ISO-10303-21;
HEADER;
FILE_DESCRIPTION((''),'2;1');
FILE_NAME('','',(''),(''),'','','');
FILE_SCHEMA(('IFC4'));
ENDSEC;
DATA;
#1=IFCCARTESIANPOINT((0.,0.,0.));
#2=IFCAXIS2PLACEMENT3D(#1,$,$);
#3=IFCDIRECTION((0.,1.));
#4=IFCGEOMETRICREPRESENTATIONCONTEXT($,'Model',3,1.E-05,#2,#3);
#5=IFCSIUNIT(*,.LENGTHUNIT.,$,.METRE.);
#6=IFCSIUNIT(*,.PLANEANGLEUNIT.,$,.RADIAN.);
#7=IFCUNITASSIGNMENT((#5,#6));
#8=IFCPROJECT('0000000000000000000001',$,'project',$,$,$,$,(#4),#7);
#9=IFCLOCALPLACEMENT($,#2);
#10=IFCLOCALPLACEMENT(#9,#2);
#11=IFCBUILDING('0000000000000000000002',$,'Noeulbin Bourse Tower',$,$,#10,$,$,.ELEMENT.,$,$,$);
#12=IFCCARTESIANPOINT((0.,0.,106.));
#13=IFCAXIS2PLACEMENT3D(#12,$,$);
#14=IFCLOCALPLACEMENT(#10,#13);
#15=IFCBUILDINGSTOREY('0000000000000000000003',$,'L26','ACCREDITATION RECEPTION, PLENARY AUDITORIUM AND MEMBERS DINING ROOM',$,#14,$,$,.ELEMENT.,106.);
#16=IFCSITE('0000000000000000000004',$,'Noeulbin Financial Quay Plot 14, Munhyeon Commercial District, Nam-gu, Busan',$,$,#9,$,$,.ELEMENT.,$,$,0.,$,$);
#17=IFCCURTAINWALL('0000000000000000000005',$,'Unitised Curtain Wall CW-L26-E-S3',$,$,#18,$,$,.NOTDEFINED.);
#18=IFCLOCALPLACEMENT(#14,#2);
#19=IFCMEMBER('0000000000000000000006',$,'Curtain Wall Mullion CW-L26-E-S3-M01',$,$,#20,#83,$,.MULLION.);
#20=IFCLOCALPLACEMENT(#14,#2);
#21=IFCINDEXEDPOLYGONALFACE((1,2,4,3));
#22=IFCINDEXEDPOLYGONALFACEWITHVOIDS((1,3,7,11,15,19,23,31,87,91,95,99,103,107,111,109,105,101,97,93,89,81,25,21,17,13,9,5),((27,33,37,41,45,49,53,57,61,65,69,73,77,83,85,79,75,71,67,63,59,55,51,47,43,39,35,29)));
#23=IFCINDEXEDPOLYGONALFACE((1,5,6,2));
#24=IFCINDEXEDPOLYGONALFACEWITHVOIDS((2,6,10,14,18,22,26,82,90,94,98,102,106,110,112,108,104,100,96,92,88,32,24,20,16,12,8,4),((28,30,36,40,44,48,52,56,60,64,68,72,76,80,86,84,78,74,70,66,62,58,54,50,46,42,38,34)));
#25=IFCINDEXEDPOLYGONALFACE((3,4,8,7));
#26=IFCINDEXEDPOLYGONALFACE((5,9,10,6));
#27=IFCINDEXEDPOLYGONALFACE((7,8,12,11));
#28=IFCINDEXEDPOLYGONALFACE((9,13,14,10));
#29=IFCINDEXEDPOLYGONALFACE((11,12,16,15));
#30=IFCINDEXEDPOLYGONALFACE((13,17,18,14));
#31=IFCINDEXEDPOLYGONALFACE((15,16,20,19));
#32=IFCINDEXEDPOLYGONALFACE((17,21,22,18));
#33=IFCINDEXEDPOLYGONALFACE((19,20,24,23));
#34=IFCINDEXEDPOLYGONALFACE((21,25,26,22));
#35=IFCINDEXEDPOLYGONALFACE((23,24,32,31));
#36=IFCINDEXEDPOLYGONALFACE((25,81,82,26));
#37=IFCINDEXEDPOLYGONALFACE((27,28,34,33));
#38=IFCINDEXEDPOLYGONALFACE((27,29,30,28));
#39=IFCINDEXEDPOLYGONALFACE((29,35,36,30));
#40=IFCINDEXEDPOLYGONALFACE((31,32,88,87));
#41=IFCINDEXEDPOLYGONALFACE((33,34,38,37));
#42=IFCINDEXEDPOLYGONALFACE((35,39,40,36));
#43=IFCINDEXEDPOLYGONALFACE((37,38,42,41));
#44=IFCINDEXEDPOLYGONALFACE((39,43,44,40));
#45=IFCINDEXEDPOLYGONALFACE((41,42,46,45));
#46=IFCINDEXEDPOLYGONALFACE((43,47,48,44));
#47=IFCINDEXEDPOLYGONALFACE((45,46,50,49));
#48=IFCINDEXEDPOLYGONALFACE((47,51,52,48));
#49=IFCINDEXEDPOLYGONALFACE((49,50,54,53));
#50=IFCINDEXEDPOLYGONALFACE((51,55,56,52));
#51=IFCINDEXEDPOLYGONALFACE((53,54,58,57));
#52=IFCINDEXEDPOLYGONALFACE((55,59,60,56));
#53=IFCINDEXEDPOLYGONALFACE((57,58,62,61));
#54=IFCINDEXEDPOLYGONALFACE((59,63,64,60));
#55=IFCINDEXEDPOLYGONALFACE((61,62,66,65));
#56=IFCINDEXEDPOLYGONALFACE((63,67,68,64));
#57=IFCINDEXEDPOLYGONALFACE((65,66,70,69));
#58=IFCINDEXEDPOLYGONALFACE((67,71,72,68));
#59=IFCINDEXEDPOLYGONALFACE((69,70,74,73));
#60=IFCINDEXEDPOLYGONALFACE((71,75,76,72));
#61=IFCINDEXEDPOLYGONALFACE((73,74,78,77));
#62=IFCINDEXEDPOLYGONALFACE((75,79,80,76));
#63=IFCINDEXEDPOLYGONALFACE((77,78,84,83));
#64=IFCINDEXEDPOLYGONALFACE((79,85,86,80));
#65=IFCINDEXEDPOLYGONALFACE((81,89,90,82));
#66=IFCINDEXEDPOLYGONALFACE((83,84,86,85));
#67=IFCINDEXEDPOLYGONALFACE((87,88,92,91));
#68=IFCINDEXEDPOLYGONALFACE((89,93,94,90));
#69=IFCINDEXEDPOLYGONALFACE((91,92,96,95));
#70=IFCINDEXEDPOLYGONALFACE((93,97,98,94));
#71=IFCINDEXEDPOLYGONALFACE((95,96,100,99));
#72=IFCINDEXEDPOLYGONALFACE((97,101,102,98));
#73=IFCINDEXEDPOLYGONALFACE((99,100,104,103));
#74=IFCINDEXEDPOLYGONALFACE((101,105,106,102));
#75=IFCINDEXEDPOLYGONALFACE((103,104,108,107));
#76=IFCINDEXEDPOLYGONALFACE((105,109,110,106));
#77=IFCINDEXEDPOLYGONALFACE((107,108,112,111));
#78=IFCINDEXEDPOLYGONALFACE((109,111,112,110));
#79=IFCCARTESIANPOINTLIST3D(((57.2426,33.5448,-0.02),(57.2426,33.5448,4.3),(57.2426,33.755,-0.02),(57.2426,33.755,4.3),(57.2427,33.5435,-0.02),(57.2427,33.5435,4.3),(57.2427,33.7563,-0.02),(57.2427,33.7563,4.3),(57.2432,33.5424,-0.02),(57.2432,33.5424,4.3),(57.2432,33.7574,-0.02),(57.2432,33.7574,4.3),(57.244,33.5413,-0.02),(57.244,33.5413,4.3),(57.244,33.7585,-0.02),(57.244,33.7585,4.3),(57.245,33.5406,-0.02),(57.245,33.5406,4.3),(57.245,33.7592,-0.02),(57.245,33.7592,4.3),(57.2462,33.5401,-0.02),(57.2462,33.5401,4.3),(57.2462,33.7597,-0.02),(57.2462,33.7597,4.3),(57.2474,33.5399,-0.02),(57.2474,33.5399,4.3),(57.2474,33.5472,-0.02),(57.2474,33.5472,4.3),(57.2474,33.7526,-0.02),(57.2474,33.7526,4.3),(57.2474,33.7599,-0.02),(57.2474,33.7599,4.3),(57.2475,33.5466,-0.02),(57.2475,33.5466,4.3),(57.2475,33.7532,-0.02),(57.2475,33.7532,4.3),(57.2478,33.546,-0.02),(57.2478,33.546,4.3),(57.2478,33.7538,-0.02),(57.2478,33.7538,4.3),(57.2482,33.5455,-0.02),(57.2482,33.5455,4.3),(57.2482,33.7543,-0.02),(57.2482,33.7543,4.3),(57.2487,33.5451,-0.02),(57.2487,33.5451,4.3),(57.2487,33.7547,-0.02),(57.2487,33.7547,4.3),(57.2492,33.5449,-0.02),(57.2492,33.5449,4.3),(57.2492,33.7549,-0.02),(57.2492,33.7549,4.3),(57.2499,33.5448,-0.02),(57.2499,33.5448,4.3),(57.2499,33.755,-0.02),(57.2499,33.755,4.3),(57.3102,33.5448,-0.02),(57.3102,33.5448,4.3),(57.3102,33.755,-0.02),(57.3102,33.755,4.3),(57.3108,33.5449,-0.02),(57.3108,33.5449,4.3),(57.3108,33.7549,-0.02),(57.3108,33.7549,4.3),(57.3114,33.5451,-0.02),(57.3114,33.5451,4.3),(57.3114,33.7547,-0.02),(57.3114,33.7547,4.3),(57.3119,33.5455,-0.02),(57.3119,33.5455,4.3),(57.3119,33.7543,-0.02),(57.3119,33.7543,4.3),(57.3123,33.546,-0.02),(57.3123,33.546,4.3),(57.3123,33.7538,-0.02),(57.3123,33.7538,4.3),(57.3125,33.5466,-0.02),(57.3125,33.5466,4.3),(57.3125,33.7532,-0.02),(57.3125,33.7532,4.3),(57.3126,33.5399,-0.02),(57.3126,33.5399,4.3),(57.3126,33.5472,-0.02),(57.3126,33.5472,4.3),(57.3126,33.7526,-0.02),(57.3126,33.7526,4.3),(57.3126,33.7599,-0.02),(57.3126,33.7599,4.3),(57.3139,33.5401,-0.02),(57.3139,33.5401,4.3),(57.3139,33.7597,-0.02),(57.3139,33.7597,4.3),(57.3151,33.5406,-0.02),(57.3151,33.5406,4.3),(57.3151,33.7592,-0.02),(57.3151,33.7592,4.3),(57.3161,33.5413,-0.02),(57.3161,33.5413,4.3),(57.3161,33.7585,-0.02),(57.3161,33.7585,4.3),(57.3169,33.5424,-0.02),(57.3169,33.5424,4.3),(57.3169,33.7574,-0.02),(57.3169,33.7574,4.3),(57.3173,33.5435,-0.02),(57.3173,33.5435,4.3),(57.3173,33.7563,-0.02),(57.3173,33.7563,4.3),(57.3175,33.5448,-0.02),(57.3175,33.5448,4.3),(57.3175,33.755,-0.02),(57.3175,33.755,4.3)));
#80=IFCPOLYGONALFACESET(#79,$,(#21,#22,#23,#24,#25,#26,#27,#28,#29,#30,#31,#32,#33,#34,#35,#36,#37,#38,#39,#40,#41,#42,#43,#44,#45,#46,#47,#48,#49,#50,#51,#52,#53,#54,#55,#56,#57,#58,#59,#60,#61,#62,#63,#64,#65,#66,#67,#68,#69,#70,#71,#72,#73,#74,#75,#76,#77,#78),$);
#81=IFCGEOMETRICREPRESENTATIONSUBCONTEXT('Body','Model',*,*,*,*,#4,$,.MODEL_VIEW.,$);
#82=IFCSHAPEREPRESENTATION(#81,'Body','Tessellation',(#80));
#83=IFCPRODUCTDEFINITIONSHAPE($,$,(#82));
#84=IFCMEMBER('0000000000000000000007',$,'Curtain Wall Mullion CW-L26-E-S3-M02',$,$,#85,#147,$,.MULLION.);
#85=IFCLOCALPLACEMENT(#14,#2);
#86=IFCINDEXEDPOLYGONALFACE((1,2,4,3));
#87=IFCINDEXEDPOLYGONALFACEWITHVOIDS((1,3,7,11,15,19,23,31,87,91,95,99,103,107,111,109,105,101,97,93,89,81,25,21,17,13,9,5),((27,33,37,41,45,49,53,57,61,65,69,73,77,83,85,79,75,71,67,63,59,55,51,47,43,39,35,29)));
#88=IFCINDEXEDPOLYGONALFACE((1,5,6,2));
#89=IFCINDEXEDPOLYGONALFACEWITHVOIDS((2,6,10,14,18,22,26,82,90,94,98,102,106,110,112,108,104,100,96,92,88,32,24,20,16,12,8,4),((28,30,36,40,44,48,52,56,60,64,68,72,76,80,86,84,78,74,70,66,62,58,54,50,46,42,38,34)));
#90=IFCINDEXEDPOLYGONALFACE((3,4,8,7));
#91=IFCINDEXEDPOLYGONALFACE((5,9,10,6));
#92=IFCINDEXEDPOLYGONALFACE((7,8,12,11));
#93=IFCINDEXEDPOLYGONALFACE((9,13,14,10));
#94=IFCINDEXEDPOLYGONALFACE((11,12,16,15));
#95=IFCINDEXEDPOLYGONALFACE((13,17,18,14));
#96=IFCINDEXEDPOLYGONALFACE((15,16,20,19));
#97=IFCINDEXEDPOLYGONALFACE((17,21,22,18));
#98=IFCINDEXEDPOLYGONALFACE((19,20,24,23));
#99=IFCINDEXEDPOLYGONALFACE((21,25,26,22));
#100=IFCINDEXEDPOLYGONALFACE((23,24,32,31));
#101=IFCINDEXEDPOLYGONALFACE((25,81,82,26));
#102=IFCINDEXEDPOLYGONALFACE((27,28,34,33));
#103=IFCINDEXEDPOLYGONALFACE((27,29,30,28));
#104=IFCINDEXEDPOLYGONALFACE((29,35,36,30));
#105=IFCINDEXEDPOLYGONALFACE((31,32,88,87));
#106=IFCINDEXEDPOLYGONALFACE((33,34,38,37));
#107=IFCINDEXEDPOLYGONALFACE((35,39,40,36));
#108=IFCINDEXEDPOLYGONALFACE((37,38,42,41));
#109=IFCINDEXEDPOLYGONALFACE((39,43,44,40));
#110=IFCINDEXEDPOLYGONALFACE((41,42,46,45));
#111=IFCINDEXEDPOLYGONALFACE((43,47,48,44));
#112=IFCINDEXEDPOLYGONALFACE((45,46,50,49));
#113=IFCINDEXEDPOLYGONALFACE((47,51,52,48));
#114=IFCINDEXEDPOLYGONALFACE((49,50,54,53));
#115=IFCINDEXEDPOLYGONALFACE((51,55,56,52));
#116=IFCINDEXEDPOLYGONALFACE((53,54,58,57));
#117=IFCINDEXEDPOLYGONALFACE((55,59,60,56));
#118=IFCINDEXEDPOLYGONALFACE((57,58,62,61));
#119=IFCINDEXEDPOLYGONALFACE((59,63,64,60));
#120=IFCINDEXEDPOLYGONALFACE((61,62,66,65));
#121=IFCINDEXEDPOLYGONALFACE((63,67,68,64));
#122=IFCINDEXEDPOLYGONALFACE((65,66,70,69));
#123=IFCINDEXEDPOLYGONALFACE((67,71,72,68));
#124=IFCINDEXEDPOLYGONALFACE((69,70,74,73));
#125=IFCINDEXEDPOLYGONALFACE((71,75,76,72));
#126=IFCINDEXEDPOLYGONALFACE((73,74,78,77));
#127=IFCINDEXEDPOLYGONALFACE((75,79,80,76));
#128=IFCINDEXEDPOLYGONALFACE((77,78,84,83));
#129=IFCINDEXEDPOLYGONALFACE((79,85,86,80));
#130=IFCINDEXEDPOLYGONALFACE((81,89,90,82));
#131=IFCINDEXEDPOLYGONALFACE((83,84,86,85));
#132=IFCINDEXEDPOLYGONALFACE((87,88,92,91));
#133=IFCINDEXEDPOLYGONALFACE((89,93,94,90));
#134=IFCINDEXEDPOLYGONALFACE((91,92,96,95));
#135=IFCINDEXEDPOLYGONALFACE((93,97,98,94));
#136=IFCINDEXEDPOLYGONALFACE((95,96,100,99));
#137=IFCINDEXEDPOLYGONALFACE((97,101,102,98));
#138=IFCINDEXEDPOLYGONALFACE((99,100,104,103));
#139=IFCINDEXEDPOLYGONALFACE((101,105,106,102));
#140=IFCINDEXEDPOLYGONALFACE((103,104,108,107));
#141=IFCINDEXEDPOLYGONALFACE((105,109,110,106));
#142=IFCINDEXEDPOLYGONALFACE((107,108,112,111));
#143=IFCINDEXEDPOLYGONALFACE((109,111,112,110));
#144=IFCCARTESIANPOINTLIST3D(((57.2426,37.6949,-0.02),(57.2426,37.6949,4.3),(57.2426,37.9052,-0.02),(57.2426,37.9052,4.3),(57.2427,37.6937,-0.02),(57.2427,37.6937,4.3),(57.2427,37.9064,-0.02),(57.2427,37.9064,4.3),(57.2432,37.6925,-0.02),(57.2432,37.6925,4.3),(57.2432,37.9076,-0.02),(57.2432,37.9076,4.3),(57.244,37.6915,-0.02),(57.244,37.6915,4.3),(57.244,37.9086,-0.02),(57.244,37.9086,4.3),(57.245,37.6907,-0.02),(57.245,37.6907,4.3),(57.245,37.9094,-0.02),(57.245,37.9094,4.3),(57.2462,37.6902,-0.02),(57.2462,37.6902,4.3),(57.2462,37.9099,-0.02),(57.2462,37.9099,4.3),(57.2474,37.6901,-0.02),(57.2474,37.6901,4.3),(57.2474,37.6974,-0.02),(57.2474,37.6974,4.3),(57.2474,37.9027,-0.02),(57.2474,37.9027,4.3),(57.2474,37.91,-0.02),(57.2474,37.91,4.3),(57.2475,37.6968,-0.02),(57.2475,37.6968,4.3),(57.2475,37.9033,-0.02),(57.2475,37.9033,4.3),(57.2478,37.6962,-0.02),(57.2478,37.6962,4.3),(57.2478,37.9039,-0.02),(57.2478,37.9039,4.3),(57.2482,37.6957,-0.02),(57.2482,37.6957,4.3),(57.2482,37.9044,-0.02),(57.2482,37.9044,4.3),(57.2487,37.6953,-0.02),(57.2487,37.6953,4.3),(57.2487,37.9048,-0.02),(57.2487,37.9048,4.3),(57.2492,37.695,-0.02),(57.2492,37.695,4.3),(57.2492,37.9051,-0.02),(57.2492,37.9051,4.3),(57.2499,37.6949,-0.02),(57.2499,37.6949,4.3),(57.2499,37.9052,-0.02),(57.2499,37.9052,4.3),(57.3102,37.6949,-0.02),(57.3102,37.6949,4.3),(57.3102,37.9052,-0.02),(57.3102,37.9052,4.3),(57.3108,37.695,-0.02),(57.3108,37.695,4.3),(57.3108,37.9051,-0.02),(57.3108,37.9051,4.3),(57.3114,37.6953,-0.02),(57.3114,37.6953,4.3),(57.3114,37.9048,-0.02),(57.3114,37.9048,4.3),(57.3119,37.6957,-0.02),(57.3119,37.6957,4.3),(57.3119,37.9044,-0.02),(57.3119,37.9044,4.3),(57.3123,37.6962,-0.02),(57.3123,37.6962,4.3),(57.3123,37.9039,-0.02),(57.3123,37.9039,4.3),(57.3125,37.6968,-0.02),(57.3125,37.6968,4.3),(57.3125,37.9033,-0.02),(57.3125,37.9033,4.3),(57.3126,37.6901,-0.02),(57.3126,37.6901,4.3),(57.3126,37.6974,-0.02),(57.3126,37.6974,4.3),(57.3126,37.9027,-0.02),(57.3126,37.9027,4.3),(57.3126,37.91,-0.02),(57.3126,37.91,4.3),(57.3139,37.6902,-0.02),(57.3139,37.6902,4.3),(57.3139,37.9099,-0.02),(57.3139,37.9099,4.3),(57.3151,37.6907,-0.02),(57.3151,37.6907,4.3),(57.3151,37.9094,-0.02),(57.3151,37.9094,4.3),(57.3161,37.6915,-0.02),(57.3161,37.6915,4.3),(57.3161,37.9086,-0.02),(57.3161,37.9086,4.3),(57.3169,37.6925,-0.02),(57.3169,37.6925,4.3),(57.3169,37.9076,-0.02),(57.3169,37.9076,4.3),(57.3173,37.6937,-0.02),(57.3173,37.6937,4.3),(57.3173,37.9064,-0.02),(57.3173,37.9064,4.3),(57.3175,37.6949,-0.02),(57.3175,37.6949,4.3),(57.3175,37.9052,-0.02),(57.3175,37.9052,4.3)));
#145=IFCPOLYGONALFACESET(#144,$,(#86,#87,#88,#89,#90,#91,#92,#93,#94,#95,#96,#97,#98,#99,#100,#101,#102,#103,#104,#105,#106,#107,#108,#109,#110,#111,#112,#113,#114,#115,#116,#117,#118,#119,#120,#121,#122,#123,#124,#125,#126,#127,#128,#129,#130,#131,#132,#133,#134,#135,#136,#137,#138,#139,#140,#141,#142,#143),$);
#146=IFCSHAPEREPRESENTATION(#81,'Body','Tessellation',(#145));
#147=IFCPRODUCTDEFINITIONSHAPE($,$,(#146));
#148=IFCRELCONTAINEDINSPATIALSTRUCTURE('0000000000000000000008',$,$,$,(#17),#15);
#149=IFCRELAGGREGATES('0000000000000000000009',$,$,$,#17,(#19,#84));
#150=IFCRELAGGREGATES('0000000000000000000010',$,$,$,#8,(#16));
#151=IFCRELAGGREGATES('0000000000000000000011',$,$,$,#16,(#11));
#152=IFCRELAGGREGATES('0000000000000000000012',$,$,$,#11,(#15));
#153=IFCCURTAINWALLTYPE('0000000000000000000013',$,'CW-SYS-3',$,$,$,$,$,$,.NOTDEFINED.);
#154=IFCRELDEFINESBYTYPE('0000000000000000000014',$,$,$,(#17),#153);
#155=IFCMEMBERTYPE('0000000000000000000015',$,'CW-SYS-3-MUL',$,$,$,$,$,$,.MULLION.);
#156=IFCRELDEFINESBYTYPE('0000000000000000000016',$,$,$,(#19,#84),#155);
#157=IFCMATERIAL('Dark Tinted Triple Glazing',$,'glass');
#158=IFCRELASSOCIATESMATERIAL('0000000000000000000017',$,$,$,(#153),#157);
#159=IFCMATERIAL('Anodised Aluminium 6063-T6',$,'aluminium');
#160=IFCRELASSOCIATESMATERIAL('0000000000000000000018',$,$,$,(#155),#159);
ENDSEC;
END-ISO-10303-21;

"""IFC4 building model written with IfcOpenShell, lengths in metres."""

from ifc_helpers import new_model, si_unit, direction, frame, origin, origin_2d, place, context, subcontext, project, spatial, hollow_rectangle, extrude, material, material_profile, profile_set, type_object, element, aggregate, save


model = new_model("IFC4")

# Units and contexts
model_context = context("Model", 3, precision=1e-05, world=origin(), true_north=direction((0.0, 1.0)))
body_context = subcontext(model_context, "Body", "Model", "MODEL_VIEW")
ifc_project = project(units=[si_unit("LENGTHUNIT", "METRE"), si_unit("PLANEANGLEUNIT", "RADIAN")], contexts=[model_context])

# Site, building, storey
site_placement = place(None, origin())
site = spatial("IfcSite", under=ifc_project, at=site_placement, Name="Noeulbin Financial Quay Plot 14, Munhyeon Commercial District, Nam-gu, Busan", CompositionType="ELEMENT", RefElevation=0.0)
building_placement = place(site_placement, origin())
building = spatial("IfcBuilding", under=site, at=building_placement, Name="Noeulbin Bourse Tower", CompositionType="ELEMENT")
storey_placement = place(building_placement, frame((0.0, 0.0, 106.0)))
storey = spatial("IfcBuildingStorey", under=building, at=storey_placement, Name="L26", Description="ACCREDITATION RECEPTION, PLENARY AUDITORIUM AND MEMBERS DINING ROOM", CompositionType="ELEMENT", Elevation=106.0)

# Curtain wall, members
ifc_material_1 = material(Name="Dark Tinted Triple Glazing", Category="glass")
curtain_wall_type = type_object("IfcCurtainWallType", Name="CW-SYS-3", PredefinedType="NOTDEFINED", material=ifc_material_1)
ifc_material_2 = material(Name="Anodised Aluminium 6063-T6", Category="aluminium")
ifc_material_profile_1 = material_profile(ifc_material_2, hollow_rectangle(XDim=0.075, YDim=0.22, WallThickness=0.0049, InnerFilletRadius=0.0024, OuterFilletRadius=0.0049, at=origin_2d()), Name="ALU-MULL-75x220x5", Category="LoadBearing")
ifc_profile_set_1 = profile_set([ifc_material_profile_1], Name="Anodised Aluminium 6063-T6")
member_type_1 = type_object("IfcMemberType", Name="CW-SYS-3-MUL", PredefinedType="MULLION", material=ifc_profile_set_1)
curtain_wall_1_placement = place(storey_placement, origin())
curtain_wall_1 = element("IfcCurtainWall", 1, at=curtain_wall_1_placement, inside=storey, type_object=curtain_wall_type, Name="Unitised Curtain Wall CW-L26-E-S3", PredefinedType="NOTDEFINED")
member_1_placement = place(storey_placement, frame((57.28, 33.6499, -0.02), z_axis=(0.0, 0.0, 1.0), x_axis=(1.0, 0.0, 0.0)))
member_1 = element("IfcMember", 2, at=member_1_placement, type_object=member_type_1, Name="Curtain Wall Mullion CW-L26-E-S3-M01", PredefinedType="MULLION", context=body_context, shape_type="SweptSolid", body=[
    extrude(hollow_rectangle(XDim=0.075, YDim=0.22, WallThickness=0.0049, InnerFilletRadius=0.0024, OuterFilletRadius=0.0049, at=origin_2d()), origin(), (0.0, 0.0, 1.0), 4.3201),
])
member_2_placement = place(storey_placement, frame((57.28, 37.8, -0.02), z_axis=(0.0, 0.0, 1.0), x_axis=(1.0, 0.0, 0.0)))
member_2 = element("IfcMember", 3, at=member_2_placement, type_object=member_type_1, Name="Curtain Wall Mullion CW-L26-E-S3-M02", PredefinedType="MULLION", context=body_context, shape_type="SweptSolid", body=[
    extrude(hollow_rectangle(XDim=0.075, YDim=0.22, WallThickness=0.0049, InnerFilletRadius=0.0024, OuterFilletRadius=0.0049, at=origin_2d()), origin(), (0.0, 0.0, 1.0), 4.3201),
])

aggregate(curtain_wall_1, [member_1, member_2])

save(model, "model.ifc")
